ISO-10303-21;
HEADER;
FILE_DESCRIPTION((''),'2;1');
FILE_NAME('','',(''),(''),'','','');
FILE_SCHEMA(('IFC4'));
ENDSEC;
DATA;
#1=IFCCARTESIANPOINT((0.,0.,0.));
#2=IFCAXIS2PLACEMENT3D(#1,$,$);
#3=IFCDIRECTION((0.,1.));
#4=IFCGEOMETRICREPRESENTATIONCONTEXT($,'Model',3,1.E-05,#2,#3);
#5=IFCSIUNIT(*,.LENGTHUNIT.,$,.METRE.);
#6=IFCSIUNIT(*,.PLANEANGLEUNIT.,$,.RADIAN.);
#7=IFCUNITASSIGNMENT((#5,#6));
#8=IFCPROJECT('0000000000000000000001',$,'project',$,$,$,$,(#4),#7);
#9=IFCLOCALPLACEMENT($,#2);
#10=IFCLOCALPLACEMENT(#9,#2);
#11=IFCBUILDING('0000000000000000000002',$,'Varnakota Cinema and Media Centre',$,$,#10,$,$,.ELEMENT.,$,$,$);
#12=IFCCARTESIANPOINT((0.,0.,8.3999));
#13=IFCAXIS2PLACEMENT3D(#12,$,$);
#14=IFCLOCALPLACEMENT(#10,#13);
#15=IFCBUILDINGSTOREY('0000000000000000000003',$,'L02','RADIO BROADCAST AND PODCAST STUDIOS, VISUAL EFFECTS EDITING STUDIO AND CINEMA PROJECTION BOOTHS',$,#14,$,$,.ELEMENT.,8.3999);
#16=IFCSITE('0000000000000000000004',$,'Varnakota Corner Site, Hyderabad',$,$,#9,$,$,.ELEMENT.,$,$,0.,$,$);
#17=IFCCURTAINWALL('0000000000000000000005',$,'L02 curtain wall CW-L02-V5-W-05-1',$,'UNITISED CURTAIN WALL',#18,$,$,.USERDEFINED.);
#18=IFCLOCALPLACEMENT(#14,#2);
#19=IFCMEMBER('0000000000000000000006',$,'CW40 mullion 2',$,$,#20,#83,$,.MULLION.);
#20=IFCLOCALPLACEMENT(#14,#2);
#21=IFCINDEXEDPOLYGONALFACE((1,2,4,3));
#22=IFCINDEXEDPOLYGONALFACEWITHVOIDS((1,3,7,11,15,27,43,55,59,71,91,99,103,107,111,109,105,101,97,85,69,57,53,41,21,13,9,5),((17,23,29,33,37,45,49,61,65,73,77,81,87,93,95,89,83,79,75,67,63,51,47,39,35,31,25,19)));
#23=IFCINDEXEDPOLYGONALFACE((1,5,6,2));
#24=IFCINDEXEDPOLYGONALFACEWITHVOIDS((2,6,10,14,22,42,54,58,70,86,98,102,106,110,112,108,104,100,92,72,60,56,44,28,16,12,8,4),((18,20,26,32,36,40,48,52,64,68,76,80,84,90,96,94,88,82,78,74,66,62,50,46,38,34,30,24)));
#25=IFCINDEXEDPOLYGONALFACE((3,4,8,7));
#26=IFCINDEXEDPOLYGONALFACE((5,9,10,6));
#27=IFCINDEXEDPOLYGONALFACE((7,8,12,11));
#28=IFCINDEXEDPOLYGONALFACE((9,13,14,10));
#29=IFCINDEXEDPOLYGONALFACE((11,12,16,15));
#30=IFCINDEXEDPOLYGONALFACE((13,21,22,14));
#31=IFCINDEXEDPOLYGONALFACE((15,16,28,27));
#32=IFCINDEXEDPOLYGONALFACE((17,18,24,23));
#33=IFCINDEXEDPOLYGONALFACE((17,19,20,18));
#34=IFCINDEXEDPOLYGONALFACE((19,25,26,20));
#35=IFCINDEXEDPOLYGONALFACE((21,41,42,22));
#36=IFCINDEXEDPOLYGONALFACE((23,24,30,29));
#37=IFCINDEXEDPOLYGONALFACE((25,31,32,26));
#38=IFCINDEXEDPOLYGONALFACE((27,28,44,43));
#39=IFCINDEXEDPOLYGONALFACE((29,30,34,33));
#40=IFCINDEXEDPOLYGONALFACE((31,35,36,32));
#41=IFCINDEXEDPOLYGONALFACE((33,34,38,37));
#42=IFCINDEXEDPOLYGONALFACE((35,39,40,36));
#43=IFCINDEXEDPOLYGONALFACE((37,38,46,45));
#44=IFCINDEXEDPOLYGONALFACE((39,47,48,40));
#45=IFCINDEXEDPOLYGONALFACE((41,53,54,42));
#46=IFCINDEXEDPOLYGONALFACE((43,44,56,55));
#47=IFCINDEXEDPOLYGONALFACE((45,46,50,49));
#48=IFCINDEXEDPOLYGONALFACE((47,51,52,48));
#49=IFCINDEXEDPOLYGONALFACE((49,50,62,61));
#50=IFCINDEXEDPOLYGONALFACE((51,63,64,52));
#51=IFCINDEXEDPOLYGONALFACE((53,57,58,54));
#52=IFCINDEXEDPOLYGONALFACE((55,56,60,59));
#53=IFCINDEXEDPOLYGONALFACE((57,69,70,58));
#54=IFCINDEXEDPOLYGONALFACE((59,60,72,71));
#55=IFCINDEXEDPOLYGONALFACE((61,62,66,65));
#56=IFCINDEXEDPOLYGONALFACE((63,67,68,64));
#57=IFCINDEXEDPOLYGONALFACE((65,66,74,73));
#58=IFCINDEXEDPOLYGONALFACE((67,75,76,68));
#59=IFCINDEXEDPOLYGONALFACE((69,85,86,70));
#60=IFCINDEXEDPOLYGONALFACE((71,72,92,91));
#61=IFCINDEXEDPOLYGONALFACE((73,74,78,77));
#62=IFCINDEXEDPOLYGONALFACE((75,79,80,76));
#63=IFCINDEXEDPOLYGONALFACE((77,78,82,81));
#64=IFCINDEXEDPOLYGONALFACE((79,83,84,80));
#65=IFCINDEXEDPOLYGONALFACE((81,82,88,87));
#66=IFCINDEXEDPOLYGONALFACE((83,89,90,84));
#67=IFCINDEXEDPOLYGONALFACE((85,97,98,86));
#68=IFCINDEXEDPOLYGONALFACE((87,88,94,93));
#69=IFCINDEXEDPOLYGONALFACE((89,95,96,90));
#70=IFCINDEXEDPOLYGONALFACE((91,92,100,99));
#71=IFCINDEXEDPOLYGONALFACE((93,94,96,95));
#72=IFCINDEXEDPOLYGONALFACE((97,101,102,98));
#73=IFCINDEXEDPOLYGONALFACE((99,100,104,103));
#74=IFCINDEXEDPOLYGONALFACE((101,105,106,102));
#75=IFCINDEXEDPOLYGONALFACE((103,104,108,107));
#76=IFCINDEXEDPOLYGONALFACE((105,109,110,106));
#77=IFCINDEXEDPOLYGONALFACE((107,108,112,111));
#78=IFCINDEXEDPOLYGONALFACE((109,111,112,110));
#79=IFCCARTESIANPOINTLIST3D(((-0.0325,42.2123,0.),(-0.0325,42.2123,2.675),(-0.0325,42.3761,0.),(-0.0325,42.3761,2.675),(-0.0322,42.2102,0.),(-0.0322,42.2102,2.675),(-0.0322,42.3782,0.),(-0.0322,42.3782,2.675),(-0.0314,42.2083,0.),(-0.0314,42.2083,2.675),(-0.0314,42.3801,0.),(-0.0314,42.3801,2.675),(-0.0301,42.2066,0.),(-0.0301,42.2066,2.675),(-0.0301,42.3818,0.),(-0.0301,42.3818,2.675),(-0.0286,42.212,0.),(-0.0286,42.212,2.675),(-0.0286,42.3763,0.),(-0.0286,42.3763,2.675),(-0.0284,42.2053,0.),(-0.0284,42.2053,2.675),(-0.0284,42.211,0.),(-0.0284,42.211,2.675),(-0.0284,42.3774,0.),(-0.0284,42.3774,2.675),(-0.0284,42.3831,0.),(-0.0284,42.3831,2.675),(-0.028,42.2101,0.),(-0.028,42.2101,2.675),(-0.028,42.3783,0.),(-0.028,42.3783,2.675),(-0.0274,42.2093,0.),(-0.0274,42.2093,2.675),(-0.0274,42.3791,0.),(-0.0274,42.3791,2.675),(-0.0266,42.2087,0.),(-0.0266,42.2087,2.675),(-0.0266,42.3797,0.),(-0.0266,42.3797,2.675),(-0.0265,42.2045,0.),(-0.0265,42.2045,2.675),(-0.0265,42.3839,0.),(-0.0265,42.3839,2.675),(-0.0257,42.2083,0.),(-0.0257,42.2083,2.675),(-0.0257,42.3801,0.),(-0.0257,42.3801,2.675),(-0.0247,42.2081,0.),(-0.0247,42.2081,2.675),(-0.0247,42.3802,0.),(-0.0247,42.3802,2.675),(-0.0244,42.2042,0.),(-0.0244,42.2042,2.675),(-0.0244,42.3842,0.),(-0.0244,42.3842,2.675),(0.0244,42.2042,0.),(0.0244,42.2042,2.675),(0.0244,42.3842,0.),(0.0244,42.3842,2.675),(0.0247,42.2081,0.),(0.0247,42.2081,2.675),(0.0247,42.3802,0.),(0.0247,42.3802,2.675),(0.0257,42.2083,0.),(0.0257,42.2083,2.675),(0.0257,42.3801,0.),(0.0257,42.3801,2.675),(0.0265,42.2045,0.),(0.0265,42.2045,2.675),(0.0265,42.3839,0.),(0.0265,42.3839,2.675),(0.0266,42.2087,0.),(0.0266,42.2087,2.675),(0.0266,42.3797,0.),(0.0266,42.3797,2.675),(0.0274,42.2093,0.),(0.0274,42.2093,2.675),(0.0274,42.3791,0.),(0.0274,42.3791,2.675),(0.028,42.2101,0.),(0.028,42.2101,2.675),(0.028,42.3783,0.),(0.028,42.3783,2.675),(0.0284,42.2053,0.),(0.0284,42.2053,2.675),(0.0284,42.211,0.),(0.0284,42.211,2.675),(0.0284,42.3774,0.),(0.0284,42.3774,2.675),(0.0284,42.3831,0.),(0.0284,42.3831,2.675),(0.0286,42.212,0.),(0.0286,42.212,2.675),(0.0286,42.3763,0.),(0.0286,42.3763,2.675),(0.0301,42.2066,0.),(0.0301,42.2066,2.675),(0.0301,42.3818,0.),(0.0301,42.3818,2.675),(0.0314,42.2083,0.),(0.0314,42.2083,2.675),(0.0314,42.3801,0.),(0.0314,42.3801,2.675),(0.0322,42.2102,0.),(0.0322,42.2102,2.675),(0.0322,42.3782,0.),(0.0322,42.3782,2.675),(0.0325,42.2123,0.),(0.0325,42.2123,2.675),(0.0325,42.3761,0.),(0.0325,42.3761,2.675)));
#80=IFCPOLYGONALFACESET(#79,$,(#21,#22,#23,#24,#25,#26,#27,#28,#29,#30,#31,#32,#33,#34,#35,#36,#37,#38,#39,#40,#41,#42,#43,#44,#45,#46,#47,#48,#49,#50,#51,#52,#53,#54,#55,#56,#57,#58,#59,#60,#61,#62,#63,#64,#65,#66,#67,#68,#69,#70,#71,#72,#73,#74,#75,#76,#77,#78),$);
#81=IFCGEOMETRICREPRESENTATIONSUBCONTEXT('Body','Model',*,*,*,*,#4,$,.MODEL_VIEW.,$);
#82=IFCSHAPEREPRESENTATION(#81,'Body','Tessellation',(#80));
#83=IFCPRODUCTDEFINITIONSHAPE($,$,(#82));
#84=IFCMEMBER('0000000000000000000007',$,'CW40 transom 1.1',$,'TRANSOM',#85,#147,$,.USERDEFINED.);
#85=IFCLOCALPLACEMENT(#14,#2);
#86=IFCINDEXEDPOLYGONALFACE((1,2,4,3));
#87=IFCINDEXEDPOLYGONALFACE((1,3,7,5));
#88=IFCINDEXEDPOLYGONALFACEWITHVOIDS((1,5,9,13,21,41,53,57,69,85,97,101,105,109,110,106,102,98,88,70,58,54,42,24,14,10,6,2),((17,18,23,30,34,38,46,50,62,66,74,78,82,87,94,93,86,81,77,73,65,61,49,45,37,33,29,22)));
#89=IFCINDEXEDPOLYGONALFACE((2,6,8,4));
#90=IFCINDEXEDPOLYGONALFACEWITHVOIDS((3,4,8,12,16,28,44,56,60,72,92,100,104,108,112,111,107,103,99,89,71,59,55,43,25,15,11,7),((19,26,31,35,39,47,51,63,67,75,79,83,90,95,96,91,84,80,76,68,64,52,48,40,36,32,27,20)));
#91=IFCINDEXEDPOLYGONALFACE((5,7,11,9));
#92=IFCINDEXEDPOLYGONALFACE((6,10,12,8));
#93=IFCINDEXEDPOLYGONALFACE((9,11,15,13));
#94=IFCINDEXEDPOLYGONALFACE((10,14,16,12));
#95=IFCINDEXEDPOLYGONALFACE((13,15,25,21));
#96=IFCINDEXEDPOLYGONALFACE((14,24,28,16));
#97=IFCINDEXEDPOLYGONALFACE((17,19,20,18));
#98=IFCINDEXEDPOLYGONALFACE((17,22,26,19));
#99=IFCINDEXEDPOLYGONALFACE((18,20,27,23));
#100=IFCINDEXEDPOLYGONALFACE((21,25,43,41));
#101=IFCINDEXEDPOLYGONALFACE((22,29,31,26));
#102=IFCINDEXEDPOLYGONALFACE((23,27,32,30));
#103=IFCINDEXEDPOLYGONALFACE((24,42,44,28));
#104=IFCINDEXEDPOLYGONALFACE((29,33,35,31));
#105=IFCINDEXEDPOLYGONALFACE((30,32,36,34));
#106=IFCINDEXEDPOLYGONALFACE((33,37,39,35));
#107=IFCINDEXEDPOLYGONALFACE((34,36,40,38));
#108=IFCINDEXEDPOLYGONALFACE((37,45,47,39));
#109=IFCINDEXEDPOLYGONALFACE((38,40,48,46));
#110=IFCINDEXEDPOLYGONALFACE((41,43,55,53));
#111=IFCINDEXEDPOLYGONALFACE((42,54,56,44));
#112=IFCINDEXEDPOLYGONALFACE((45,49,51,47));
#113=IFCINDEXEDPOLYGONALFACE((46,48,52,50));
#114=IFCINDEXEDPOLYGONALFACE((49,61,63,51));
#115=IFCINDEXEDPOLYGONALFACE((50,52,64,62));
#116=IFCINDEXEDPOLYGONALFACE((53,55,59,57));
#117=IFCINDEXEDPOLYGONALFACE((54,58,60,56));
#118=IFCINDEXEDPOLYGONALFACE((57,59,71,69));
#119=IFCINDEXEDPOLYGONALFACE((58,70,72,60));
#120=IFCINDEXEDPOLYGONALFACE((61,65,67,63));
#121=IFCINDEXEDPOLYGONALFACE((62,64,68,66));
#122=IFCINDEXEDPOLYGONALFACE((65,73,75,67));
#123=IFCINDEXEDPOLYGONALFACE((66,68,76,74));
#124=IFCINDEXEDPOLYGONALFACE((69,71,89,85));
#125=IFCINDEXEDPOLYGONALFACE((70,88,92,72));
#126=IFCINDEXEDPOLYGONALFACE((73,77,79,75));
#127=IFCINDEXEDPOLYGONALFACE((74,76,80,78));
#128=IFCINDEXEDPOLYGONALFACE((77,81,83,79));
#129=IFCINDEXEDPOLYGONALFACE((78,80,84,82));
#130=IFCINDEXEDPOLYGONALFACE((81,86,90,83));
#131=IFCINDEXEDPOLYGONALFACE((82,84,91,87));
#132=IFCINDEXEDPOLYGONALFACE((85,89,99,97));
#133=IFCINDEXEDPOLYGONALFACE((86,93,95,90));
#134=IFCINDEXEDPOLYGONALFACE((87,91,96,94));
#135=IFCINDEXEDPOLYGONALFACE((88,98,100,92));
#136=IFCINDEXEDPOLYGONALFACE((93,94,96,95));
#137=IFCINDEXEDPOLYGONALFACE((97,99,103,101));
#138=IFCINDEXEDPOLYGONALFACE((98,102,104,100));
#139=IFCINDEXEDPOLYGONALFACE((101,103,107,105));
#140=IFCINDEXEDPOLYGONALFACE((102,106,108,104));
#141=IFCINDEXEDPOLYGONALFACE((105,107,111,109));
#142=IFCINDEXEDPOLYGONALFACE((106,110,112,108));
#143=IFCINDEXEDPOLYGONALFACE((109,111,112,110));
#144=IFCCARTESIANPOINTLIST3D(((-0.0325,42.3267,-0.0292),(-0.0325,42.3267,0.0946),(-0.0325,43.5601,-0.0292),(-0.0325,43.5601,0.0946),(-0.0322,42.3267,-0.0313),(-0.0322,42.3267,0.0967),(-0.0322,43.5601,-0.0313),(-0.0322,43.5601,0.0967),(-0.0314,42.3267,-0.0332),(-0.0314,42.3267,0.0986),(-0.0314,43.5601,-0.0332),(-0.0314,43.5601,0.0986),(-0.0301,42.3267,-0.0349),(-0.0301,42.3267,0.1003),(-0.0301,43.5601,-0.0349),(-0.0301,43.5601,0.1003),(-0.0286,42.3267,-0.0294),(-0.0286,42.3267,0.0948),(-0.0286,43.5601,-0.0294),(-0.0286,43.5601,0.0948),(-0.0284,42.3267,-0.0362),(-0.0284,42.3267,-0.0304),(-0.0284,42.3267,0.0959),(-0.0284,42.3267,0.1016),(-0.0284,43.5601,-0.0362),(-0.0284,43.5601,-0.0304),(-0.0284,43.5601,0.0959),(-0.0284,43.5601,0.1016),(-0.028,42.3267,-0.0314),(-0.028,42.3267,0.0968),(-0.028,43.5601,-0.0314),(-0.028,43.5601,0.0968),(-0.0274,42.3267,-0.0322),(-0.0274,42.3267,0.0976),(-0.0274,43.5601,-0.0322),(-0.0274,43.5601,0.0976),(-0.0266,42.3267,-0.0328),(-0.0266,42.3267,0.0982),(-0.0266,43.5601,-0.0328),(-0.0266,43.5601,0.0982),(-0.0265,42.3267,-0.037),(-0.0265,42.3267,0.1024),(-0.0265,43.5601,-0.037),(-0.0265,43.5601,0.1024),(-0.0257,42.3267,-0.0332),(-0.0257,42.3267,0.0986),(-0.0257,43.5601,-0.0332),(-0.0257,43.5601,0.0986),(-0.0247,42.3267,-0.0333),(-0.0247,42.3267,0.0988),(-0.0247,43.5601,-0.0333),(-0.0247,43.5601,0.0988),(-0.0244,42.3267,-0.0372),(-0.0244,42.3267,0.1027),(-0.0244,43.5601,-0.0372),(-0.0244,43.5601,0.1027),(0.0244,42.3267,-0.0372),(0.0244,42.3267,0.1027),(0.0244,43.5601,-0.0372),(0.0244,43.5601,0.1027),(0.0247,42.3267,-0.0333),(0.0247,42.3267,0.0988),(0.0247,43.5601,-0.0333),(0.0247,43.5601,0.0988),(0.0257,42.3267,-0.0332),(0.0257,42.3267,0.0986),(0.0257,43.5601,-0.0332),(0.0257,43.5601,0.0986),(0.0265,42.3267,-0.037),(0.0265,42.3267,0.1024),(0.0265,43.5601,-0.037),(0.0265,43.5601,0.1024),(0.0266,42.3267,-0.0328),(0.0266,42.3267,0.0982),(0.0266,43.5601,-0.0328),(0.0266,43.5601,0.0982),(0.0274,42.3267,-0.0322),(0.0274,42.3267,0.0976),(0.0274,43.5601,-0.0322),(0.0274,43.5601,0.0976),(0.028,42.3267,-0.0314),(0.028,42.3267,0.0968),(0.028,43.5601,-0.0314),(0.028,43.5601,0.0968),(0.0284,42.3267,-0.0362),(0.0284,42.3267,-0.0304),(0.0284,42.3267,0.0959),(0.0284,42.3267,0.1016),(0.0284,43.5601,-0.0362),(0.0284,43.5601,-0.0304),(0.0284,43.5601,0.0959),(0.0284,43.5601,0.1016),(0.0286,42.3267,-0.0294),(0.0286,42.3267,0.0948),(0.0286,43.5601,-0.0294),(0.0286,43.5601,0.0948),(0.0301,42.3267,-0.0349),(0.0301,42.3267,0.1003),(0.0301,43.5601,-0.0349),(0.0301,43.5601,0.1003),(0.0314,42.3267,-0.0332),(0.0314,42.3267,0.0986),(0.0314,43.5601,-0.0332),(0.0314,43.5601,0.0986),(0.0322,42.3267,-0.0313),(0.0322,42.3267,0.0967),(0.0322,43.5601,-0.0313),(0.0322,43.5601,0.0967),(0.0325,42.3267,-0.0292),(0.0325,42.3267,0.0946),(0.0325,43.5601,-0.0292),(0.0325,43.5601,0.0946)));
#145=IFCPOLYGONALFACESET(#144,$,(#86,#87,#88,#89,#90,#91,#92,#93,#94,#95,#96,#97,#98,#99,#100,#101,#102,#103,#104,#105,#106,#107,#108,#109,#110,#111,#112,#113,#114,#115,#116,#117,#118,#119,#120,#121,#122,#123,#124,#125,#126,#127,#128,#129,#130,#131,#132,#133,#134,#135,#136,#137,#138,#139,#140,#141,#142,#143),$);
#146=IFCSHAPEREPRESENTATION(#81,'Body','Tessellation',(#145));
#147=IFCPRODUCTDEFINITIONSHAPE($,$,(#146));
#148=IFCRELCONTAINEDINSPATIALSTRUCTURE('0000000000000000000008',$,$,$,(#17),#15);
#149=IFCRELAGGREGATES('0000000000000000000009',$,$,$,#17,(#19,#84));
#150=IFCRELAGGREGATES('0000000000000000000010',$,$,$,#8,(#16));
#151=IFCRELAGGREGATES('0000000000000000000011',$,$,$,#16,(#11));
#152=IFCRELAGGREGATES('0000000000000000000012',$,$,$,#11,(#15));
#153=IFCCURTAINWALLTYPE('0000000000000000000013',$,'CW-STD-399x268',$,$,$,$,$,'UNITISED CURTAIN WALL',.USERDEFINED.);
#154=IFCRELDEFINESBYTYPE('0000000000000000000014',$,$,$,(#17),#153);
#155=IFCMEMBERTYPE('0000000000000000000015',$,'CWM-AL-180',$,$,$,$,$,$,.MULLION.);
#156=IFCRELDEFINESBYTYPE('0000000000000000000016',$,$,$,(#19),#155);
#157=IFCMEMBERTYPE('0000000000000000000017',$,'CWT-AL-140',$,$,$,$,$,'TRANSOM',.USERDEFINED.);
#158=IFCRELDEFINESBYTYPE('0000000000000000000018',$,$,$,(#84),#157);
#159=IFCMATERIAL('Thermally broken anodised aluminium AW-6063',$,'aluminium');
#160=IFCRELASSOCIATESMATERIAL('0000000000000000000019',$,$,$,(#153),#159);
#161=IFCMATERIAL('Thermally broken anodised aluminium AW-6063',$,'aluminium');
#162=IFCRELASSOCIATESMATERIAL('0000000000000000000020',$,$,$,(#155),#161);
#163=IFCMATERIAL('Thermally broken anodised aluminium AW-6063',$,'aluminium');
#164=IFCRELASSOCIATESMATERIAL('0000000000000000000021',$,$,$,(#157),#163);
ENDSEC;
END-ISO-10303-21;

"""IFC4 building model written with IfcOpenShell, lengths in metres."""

from ifc_helpers import new_model, si_unit, direction, frame, origin, origin_2d, place, context, subcontext, project, spatial, hollow_rectangle, extrude, material, material_profile, profile_set, type_object, element, aggregate, save


model = new_model("IFC4")

# Units and contexts
model_context = context("Model", 3, precision=1e-05, world=origin(), true_north=direction((0.0, 1.0)))
body_context = subcontext(model_context, "Body", "Model", "MODEL_VIEW")
ifc_project = project(units=[si_unit("LENGTHUNIT", "METRE"), si_unit("PLANEANGLEUNIT", "RADIAN")], contexts=[model_context])

# Site, building, storey
site_placement = place(None, origin())
site = spatial("IfcSite", under=ifc_project, at=site_placement, Name="Varnakota Corner Site, Hyderabad", CompositionType="ELEMENT", RefElevation=0.0)
building_placement = place(site_placement, origin())
building = spatial("IfcBuilding", under=site, at=building_placement, Name="Varnakota Cinema and Media Centre", CompositionType="ELEMENT")
storey_placement = place(building_placement, frame((0.0, 0.0, 8.3999)))
storey = spatial("IfcBuildingStorey", under=building, at=storey_placement, Name="L02", Description="RADIO BROADCAST AND PODCAST STUDIOS, VISUAL EFFECTS EDITING STUDIO AND CINEMA PROJECTION BOOTHS", CompositionType="ELEMENT", Elevation=8.3999)

# Curtain wall, members
ifc_material_1 = material(Name="Thermally broken anodised aluminium AW-6063", Category="aluminium")
curtain_wall_type = type_object("IfcCurtainWallType", Name="CW-STD-399x268", ElementType="UNITISED CURTAIN WALL", PredefinedType="USERDEFINED", material=ifc_material_1)
curtain_wall_placement = place(storey_placement, origin())
curtain_wall = element("IfcCurtainWall", 1, at=curtain_wall_placement, inside=storey, type_object=curtain_wall_type, Name="L02 curtain wall CW-L02-V5-W-05-1", ObjectType="UNITISED CURTAIN WALL", PredefinedType="USERDEFINED")
ifc_material_2 = material(Name="Thermally broken anodised aluminium AW-6063", Category="aluminium")
ifc_material_profile_1 = material_profile(ifc_material_2, hollow_rectangle(XDim=0.0649, YDim=0.1799, WallThickness=0.0039, InnerFilletRadius=0.0039, OuterFilletRadius=0.0081, at=origin_2d()), Name="AL-MULLION 180x65x4")
ifc_profile_set_1 = profile_set([ifc_material_profile_1], Name="Thermally broken anodised aluminium AW-6063")
member_type_1 = type_object("IfcMemberType", Name="CWM-AL-180", PredefinedType="MULLION", material=ifc_profile_set_1)
member_1_placement = place(storey_placement, frame((0.0, 42.2942, 0.0), z_axis=(0.0, 0.0, 1.0), x_axis=(1.0, 0.0, 0.0)))
member_1 = element("IfcMember", 2, at=member_1_placement, type_object=member_type_1, Name="CW40 mullion 2", PredefinedType="MULLION", context=body_context, shape_type="SweptSolid", body=[
    extrude(hollow_rectangle(XDim=0.0649, YDim=0.1799, WallThickness=0.0039, InnerFilletRadius=0.0039, OuterFilletRadius=0.0081, at=origin_2d()), origin(), (0.0, 0.0, 1.0), 2.675),
])
ifc_material_3 = material(Name="Thermally broken anodised aluminium AW-6063", Category="aluminium")
ifc_material_profile_2 = material_profile(ifc_material_3, hollow_rectangle(XDim=0.0649, YDim=0.1399, WallThickness=0.0039, InnerFilletRadius=0.0039, OuterFilletRadius=0.0081, at=origin_2d()), Name="AL-TRANSOM 140x65x4")
ifc_profile_set_2 = profile_set([ifc_material_profile_2], Name="Thermally broken anodised aluminium AW-6063")
member_type_2 = type_object("IfcMemberType", Name="CWT-AL-140", ElementType="TRANSOM", PredefinedType="USERDEFINED", material=ifc_profile_set_2)
member_2_placement = place(storey_placement, frame((0.0, 43.5601, 0.0327), z_axis=(0.0, -1.0, 0.0), x_axis=(1.0, 0.0, 0.0)))
member_2 = element("IfcMember", 3, at=member_2_placement, type_object=member_type_2, Name="CW40 transom 1.1", ObjectType="TRANSOM", PredefinedType="USERDEFINED", context=body_context, shape_type="SweptSolid", body=[
    extrude(hollow_rectangle(XDim=0.0649, YDim=0.1399, WallThickness=0.0039, InnerFilletRadius=0.0039, OuterFilletRadius=0.0081, at=origin_2d()), origin(), (0.0, 0.0, 1.0), 1.2334),
])
aggregate(curtain_wall, [member_1, member_2])

save(model, "model.ifc")
